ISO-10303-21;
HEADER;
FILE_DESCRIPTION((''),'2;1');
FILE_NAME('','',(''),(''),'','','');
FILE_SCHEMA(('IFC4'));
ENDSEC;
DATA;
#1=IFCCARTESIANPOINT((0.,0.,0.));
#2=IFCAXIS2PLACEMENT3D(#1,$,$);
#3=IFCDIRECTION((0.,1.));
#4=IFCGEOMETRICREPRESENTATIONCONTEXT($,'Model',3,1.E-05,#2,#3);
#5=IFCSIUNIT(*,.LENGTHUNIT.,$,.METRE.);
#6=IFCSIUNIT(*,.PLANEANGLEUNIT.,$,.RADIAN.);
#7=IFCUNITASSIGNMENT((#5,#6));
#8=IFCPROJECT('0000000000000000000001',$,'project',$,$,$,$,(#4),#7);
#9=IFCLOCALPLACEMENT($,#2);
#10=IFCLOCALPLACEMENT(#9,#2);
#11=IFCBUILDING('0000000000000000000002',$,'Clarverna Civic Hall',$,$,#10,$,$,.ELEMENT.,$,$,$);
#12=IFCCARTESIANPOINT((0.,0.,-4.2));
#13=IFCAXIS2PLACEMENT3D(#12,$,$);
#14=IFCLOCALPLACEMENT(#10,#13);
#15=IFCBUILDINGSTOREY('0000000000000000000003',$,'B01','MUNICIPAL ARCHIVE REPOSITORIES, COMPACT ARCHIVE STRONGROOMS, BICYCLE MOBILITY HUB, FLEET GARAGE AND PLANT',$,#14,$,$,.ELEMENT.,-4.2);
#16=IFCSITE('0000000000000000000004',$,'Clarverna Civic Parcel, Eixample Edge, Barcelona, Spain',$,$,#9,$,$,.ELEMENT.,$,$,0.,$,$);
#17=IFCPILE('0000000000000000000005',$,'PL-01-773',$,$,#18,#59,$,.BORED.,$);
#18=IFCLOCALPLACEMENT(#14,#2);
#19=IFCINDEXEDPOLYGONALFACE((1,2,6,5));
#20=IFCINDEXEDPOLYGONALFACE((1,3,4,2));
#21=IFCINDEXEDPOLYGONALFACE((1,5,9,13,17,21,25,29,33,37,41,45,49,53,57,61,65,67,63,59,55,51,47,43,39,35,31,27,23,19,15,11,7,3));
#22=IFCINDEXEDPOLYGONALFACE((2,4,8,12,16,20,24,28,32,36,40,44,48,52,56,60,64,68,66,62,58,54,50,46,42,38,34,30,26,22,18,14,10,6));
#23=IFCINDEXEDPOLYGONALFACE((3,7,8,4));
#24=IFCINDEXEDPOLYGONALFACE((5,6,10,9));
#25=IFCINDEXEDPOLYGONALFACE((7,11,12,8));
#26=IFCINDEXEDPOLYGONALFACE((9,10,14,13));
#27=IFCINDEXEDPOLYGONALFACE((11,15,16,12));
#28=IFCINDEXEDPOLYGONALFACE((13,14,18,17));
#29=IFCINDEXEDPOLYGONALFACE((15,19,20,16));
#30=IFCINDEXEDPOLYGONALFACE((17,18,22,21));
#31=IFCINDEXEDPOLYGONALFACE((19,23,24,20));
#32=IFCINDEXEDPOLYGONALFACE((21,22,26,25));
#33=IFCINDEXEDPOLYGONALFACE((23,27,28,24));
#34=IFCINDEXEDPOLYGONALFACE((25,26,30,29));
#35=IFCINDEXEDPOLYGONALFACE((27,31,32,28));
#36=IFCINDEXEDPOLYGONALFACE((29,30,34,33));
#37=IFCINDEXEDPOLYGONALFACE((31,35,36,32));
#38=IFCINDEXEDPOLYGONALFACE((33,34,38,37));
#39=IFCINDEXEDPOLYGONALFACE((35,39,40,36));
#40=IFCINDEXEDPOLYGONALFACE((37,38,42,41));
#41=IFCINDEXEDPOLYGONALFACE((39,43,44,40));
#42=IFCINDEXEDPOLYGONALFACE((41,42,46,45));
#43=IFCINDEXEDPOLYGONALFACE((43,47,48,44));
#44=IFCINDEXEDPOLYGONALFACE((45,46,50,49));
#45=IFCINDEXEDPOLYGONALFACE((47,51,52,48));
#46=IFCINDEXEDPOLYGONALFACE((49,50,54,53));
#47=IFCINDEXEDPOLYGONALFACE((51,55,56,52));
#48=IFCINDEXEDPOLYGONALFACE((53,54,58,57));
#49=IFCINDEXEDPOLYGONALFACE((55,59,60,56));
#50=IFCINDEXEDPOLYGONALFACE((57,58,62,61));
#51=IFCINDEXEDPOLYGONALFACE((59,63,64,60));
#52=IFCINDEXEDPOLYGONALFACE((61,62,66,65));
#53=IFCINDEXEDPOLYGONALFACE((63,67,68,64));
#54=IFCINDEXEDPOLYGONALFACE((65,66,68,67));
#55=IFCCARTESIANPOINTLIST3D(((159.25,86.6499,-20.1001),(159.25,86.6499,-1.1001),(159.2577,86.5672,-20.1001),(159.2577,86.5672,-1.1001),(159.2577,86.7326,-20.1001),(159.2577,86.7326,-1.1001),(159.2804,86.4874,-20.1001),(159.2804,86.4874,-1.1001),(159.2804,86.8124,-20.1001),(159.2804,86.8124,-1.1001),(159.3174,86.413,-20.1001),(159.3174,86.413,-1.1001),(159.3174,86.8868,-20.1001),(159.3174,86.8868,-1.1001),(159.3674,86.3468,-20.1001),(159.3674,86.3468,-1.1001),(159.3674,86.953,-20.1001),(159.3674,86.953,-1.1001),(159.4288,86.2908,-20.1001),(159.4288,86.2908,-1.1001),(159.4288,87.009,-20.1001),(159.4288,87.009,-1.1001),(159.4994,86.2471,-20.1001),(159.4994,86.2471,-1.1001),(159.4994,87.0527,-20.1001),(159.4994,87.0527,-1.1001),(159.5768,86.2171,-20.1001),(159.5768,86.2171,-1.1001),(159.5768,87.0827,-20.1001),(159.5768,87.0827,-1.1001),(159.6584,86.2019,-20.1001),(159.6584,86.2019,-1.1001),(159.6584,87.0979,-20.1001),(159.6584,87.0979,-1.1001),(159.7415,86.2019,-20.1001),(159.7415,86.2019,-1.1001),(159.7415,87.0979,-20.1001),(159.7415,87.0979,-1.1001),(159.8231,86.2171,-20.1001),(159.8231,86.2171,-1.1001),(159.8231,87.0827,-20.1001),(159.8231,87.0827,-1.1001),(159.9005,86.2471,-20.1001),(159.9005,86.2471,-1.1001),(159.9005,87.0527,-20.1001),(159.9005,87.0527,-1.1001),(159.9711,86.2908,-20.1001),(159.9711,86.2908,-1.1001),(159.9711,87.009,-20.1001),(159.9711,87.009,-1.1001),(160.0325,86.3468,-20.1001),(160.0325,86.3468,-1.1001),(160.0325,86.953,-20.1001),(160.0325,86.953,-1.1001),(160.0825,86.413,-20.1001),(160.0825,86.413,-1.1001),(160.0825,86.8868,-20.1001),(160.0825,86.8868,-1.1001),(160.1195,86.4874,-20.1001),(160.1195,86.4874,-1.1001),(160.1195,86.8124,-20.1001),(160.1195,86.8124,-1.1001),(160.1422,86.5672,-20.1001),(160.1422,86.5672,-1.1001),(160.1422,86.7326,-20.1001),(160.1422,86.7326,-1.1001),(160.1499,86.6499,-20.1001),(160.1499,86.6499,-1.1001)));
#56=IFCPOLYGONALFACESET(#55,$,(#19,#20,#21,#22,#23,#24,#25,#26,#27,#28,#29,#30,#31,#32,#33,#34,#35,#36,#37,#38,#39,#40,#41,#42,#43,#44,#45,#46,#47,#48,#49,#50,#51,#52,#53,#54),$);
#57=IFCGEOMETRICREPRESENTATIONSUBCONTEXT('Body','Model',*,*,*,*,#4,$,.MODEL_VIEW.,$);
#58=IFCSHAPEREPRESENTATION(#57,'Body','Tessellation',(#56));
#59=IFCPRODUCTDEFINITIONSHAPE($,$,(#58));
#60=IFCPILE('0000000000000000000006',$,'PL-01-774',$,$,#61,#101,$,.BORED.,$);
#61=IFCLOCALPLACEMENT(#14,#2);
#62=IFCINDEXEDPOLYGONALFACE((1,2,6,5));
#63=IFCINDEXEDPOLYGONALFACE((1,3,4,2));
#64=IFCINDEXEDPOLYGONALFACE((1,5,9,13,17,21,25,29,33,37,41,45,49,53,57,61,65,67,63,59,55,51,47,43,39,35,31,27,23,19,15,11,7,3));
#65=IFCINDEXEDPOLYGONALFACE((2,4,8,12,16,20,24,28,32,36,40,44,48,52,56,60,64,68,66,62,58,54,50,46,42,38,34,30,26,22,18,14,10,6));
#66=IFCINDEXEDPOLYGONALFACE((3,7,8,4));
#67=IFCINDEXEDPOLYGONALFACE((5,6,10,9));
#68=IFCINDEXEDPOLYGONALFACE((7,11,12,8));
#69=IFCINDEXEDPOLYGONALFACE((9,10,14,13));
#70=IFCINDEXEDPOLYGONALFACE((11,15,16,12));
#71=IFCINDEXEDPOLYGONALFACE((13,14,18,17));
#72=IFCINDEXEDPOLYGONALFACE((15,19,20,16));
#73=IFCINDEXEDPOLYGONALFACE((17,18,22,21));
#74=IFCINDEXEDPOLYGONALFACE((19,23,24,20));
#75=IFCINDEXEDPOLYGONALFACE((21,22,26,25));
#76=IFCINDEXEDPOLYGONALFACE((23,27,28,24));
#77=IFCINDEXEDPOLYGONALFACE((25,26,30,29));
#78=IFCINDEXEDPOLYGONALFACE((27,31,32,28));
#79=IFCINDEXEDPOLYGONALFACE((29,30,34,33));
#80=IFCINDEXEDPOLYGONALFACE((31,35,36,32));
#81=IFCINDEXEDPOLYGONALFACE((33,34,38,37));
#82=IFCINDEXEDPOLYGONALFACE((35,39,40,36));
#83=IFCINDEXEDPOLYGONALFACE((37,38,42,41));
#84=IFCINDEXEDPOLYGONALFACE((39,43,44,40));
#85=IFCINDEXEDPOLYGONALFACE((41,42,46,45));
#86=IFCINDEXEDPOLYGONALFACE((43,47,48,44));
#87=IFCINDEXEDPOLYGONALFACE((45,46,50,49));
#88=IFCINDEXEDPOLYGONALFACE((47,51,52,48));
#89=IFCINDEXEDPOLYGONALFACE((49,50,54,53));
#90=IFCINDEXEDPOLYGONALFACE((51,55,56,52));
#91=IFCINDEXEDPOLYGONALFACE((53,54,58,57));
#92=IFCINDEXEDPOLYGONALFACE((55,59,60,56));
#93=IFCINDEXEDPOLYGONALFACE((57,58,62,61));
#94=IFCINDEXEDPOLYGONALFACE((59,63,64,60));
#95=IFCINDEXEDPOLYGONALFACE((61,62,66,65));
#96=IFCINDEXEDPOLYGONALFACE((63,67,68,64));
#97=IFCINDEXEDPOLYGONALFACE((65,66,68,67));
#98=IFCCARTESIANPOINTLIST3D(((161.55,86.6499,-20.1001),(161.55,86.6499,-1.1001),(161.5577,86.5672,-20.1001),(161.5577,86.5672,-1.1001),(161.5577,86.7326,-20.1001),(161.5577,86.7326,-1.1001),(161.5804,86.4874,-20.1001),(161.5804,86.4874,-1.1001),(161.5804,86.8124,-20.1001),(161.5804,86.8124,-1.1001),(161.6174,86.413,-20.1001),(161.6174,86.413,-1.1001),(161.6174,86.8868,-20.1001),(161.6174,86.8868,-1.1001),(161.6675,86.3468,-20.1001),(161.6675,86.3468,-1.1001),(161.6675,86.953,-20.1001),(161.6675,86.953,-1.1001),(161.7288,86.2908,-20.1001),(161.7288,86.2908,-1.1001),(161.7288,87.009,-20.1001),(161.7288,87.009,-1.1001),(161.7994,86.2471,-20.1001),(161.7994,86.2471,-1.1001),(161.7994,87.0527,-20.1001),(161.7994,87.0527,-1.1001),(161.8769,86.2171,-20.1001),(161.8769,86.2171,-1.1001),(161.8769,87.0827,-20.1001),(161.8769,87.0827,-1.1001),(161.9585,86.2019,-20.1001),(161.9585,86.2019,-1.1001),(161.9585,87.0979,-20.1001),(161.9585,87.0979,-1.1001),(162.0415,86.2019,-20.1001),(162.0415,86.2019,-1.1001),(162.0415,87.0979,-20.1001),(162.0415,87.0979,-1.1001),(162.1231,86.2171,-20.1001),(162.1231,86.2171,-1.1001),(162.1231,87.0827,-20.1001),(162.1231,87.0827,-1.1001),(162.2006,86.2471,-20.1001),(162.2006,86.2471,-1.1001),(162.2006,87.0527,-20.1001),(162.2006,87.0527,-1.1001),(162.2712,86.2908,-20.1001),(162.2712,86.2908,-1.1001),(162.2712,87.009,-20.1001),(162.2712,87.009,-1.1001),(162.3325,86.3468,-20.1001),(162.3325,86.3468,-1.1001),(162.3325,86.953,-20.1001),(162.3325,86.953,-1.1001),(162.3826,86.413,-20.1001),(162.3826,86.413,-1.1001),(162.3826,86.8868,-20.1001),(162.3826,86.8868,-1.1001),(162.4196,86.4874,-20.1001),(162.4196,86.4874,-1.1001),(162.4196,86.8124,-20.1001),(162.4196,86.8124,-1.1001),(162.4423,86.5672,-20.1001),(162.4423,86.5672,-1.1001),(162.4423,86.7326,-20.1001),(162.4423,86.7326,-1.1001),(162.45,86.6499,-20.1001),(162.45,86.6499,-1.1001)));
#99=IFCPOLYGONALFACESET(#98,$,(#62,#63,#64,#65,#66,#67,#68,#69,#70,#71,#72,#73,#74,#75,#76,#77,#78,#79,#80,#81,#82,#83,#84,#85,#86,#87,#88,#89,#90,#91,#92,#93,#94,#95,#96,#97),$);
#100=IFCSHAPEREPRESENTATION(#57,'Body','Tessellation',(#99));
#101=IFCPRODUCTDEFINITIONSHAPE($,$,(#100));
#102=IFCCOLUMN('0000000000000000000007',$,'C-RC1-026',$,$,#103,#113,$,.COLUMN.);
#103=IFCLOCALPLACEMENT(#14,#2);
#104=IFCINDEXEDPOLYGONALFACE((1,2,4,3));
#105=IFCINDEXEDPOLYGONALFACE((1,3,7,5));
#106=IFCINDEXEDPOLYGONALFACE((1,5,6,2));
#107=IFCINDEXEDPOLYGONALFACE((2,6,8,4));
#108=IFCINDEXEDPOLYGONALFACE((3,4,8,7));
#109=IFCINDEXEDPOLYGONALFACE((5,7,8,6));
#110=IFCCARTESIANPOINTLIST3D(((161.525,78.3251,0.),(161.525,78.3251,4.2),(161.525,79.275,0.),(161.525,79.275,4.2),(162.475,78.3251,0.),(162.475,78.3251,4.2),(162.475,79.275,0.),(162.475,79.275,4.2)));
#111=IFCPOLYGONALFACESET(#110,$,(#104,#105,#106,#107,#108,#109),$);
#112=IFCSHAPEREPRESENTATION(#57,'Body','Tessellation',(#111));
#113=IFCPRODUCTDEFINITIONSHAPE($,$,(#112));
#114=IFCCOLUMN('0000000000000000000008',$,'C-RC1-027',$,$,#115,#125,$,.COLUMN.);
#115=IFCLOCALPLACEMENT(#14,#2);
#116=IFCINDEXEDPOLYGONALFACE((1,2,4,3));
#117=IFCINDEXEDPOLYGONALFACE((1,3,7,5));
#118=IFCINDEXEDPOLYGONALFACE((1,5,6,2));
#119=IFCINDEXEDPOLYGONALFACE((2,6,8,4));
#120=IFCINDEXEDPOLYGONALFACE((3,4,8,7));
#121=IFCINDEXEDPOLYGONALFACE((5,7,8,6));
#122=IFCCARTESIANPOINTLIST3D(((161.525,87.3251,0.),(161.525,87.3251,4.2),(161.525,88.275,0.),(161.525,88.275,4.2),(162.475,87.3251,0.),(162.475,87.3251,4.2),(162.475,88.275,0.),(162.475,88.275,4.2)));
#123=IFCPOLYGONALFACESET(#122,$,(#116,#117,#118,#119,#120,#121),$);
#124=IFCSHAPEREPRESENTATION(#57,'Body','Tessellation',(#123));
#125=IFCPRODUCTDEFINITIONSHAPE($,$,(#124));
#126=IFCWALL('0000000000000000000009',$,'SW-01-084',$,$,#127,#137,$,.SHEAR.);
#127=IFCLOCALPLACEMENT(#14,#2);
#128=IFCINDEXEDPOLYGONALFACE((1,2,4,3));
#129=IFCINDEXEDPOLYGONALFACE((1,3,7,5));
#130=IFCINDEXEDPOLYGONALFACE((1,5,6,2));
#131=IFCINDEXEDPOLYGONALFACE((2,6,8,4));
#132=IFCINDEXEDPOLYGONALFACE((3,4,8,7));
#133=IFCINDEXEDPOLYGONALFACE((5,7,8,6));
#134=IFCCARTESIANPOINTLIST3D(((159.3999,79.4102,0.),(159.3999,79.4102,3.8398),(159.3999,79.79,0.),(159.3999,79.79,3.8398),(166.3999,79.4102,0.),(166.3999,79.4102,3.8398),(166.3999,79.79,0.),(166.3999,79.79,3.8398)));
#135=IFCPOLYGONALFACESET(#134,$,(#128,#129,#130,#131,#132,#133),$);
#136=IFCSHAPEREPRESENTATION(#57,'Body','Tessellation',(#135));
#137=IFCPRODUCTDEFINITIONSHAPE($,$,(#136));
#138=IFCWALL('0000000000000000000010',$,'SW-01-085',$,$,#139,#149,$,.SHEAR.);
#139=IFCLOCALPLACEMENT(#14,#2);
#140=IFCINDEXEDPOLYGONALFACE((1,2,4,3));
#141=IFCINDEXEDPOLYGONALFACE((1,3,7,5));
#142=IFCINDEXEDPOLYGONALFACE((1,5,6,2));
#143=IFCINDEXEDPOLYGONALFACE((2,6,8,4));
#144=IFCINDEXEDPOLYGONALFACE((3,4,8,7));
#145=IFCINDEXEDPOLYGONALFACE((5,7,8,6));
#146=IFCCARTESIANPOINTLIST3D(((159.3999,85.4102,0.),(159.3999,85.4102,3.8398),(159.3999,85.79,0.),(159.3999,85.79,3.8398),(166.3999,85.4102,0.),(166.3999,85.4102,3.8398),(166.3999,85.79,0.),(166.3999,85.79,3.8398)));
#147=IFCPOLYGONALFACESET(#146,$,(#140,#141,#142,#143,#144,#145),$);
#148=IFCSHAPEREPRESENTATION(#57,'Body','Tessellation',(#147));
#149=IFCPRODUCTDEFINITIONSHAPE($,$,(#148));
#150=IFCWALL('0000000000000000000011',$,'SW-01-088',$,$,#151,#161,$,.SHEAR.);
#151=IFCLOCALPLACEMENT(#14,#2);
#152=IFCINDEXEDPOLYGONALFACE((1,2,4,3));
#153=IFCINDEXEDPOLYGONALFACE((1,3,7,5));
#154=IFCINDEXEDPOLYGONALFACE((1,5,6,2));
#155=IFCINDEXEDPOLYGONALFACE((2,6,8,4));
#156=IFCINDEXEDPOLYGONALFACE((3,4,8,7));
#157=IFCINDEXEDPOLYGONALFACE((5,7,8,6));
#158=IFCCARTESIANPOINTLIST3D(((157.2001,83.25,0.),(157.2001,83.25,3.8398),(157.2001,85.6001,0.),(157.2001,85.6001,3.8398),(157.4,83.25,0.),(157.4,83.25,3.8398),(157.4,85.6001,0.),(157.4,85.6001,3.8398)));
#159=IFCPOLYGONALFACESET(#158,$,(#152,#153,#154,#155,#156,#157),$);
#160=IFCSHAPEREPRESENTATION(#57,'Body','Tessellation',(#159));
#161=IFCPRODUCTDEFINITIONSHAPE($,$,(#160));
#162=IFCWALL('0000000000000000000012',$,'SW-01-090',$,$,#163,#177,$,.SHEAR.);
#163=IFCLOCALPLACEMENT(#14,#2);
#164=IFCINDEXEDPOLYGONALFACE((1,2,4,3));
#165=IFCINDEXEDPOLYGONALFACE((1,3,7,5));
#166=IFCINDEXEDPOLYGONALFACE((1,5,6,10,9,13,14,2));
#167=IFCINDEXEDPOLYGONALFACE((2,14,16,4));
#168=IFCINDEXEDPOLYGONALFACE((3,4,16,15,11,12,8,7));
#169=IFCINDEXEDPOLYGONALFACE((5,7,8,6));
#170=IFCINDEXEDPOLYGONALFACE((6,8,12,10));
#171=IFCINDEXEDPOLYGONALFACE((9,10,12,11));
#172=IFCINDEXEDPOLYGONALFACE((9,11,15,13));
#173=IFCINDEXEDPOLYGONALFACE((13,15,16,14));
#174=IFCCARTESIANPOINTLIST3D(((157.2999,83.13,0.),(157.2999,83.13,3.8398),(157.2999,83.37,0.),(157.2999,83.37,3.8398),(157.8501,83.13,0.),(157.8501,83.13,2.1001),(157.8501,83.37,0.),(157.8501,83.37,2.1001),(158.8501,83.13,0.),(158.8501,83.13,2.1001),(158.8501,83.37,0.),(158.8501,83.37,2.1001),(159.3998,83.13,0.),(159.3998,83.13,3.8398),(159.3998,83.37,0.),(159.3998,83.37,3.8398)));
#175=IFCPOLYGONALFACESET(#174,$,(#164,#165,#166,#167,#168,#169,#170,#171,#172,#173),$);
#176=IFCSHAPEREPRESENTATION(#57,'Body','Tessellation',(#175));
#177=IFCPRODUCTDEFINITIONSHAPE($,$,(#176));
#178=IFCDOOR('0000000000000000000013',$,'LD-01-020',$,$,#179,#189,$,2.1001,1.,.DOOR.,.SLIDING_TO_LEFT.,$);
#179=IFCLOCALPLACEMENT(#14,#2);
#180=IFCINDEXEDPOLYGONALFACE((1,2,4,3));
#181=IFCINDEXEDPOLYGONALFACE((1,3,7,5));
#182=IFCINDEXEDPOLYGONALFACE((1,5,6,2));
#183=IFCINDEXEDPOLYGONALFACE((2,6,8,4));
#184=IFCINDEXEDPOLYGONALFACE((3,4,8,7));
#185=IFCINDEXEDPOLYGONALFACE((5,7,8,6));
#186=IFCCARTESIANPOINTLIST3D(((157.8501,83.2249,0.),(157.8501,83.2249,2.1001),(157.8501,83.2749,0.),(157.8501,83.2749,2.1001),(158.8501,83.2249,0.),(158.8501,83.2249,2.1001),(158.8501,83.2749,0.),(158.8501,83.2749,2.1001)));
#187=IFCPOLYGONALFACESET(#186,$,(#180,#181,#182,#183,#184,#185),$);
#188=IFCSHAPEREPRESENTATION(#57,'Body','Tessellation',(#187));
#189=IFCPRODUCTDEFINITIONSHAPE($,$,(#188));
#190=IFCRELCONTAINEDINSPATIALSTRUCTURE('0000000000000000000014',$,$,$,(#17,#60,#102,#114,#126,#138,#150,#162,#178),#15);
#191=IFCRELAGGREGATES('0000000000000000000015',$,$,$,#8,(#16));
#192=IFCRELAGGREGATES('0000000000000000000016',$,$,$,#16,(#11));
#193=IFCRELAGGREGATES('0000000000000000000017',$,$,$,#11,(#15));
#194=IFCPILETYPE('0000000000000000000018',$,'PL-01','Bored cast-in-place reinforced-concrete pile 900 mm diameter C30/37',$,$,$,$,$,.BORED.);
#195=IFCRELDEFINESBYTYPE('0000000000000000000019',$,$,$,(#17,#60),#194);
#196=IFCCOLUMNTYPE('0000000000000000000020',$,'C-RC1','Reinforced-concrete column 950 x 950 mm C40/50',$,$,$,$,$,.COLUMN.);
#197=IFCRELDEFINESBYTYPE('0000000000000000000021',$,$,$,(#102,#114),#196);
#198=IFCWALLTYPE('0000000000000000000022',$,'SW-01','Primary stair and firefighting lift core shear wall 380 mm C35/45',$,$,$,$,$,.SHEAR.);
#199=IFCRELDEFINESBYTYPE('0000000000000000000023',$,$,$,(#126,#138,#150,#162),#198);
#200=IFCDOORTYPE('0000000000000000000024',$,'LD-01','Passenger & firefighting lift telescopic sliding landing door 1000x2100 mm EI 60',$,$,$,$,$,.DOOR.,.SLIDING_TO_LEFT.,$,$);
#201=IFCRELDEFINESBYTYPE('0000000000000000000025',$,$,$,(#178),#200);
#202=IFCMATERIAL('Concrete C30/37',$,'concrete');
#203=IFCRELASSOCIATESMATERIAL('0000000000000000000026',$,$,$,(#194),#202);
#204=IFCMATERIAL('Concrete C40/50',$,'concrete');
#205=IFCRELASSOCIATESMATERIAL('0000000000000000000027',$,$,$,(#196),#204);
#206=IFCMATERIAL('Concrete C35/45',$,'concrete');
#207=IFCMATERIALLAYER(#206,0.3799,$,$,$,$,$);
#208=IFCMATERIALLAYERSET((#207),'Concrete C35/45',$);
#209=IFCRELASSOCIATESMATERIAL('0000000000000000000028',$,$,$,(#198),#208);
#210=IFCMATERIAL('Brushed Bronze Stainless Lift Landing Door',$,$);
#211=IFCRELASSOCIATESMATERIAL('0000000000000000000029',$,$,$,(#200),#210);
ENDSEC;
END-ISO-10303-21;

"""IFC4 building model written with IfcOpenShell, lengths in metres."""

from ifc_helpers import new_model, si_unit, direction, frame, frame_2d, origin, origin_2d, place, context, subcontext, project, spatial, rectangle, circle, extrude, material, layer, layer_set, material_profile, profile_set, type_object, element, fill, save


model = new_model("IFC4")

# Units and contexts
model_context = context("Model", 3, precision=1e-05, world=origin(), true_north=direction((0.0, 1.0)))
body_context = subcontext(model_context, "Body", "Model", "MODEL_VIEW")
ifc_project = project(units=[si_unit("LENGTHUNIT", "METRE"), si_unit("PLANEANGLEUNIT", "RADIAN")], contexts=[model_context])

# Site, building, storey
site_placement = place(None, origin())
site = spatial("IfcSite", under=ifc_project, at=site_placement, Name="Clarverna Civic Parcel, Eixample Edge, Barcelona, Spain", CompositionType="ELEMENT", RefElevation=0.0)
building_placement = place(site_placement, origin())
building = spatial("IfcBuilding", under=site, at=building_placement, Name="Clarverna Civic Hall", CompositionType="ELEMENT")
storey_placement = place(building_placement, frame((0.0, 0.0, -4.2)))
storey = spatial("IfcBuildingStorey", under=building, at=storey_placement, Name="B01", Description="MUNICIPAL ARCHIVE REPOSITORIES, COMPACT ARCHIVE STRONGROOMS, BICYCLE MOBILITY HUB, FLEET GARAGE AND PLANT", CompositionType="ELEMENT", Elevation=-4.2)

# Shared definitions
ifc_material_1 = material(Name="Concrete C30/37", Category="concrete")

# Piles
ifc_material_profile_1 = material_profile(ifc_material_1, circle(Radius=0.45, at=origin_2d()), Name="BORED PILE D900")
ifc_profile_set_1 = profile_set([ifc_material_profile_1], Name="Concrete C30/37")
pile_type = type_object("IfcPileType", Name="PL-01", Description="Bored cast-in-place reinforced-concrete pile 900 mm diameter C30/37", PredefinedType="BORED", material=ifc_profile_set_1)
for number, where, z_axis, x_axis, name in (
    (1, (159.7, 86.6499, -1.1001), (0.0, 0.0, -1.0), (1.0, 0.0, 0.0), "PL-01-773"),
    (2, (162.0, 86.6499, -1.1001), (0.0, 0.0, -1.0), (1.0, 0.0, 0.0), "PL-01-774"),
):
    element("IfcPile", number, at=place(storey_placement, frame(where, z_axis=z_axis, x_axis=x_axis)), inside=storey, type_object=pile_type, Name=name, PredefinedType="BORED", context=body_context, shape_type="SweptSolid", body=[
        extrude(circle(Radius=0.45, at=origin_2d()), origin(), (0.0, 0.0, 1.0), 19.0),
    ])

# Columns
ifc_material_2 = material(Name="Concrete C40/50", Category="concrete")
ifc_material_profile_2 = material_profile(ifc_material_2, rectangle(XDim=0.95, YDim=0.95, at=origin_2d()), Name="RC 950x950")
ifc_profile_set_2 = profile_set([ifc_material_profile_2], Name="Concrete C40/50")
column_type = type_object("IfcColumnType", Name="C-RC1", Description="Reinforced-concrete column 950 x 950 mm C40/50", PredefinedType="COLUMN", material=ifc_profile_set_2)
for number, where, z_axis, x_axis, name in (
    (3, (162.0, 78.8, 0.0), (0.0, 0.0, 1.0), (1.0, 0.0, 0.0), "C-RC1-026"),
    (4, (162.0, 87.8, 0.0), (0.0, 0.0, 1.0), (1.0, 0.0, 0.0), "C-RC1-027"),
):
    element("IfcColumn", number, at=place(storey_placement, frame(where, z_axis=z_axis, x_axis=x_axis)), inside=storey, type_object=column_type, Name=name, PredefinedType="COLUMN", context=body_context, shape_type="SweptSolid", body=[
        extrude(rectangle(XDim=0.95, YDim=0.95, at=origin_2d()), origin(), (0.0, 0.0, 1.0), 4.2),
    ])

# Shared definitions
ifc_material_3 = material(Name="Concrete C35/45", Category="concrete")
ifc_layer = layer(ifc_material_3, 0.3799)
ifc_layer_set = layer_set([ifc_layer], Name="Concrete C35/45")
wall_type = type_object("IfcWallType", Name="SW-01", Description="Primary stair and firefighting lift core shear wall 380 mm C35/45", PredefinedType="SHEAR", material=ifc_layer_set)

# Walls
for number, where, z_axis, x_axis, name in (
    (5, (159.3999, 79.6001, 0.0), (0.0, 0.0, 1.0), (1.0, 0.0, 0.0), "SW-01-084"),
    (6, (159.3999, 85.6001, 0.0), (0.0, 0.0, 1.0), (1.0, 0.0, 0.0), "SW-01-085"),
):
    element("IfcWall", number, at=place(storey_placement, frame(where, z_axis=z_axis, x_axis=x_axis)), inside=storey, type_object=wall_type, Name=name, PredefinedType="SHEAR", context=body_context, shape_type="SweptSolid", body=[
        extrude(rectangle(XDim=7.0, YDim=0.3799, at=frame_2d((3.5, 0.0))), origin(), (0.0, 0.0, 1.0), 3.8398),
    ])
wall_1_placement = place(storey_placement, frame((157.3, 83.25, 0.0), z_axis=(0.0, 0.0, 1.0), x_axis=(0.0, 1.0, 0.0)))
element("IfcWall", 7, at=wall_1_placement, inside=storey, type_object=wall_type, Name="SW-01-088", PredefinedType="SHEAR", context=body_context, shape_type="SweptSolid", body=[
    extrude(rectangle(XDim=2.3501, YDim=0.2, at=frame_2d((1.175, 0.0))), origin(), (0.0, 0.0, 1.0), 3.8398),
])

# Wall, opening, door
wall_2_placement = place(storey_placement, frame((157.3, 83.25, 0.0), z_axis=(0.0, 0.0, 1.0), x_axis=(1.0, 0.0, 0.0)))
wall_2 = element("IfcWall", 8, at=wall_2_placement, inside=storey, type_object=wall_type, Name="SW-01-090", PredefinedType="SHEAR", context=body_context, shape_type="SweptSolid", body=[
    extrude(rectangle(XDim=2.0999, YDim=0.24, at=frame_2d((1.0498, 0.0))), origin(), (0.0, 0.0, 1.0), 3.8398),
])
opening_1_placement = place(wall_2_placement, frame((0.55, 0.0, 0.0)))
opening_1 = element("IfcOpeningElement", 9, at=opening_1_placement, cuts=wall_2, PredefinedType="OPENING", context=body_context, shape_type="SweptSolid", body=[
    extrude(rectangle(XDim=1.0, YDim=2.1001, at=frame_2d((0.5, 1.05))), frame((0.0, 0.1299, 0.0), z_axis=(0.0, -1.0, 0.0), x_axis=(1.0, 0.0, 0.0)), (0.0, 0.0, 1.0), 0.26),
])
ifc_material_4 = material(Name="Brushed Bronze Stainless Lift Landing Door")
door_type_1 = type_object("IfcDoorType", Name="LD-01", Description="Passenger & firefighting lift telescopic sliding landing door 1000x2100 mm EI 60", OperationType="SLIDING_TO_LEFT", PredefinedType="DOOR", material=ifc_material_4)
door_1_placement = place(opening_1_placement, origin())
door_1 = element("IfcDoor", 10, at=door_1_placement, inside=storey, type_object=door_type_1, Name="LD-01-020", OperationType="SLIDING_TO_LEFT", OverallHeight=2.1001, OverallWidth=1.0, PredefinedType="DOOR", context=body_context, shape_type="SweptSolid", body=[
    extrude(rectangle(XDim=1.0, YDim=2.1001, at=frame_2d((0.5, 1.05))), frame((0.0, 0.0249, 0.0), z_axis=(0.0, -1.0, 0.0), x_axis=(1.0, 0.0, 0.0)), (0.0, 0.0, 1.0), 0.05),
])
fill(opening_1, door_1)

save(model, "model.ifc")
